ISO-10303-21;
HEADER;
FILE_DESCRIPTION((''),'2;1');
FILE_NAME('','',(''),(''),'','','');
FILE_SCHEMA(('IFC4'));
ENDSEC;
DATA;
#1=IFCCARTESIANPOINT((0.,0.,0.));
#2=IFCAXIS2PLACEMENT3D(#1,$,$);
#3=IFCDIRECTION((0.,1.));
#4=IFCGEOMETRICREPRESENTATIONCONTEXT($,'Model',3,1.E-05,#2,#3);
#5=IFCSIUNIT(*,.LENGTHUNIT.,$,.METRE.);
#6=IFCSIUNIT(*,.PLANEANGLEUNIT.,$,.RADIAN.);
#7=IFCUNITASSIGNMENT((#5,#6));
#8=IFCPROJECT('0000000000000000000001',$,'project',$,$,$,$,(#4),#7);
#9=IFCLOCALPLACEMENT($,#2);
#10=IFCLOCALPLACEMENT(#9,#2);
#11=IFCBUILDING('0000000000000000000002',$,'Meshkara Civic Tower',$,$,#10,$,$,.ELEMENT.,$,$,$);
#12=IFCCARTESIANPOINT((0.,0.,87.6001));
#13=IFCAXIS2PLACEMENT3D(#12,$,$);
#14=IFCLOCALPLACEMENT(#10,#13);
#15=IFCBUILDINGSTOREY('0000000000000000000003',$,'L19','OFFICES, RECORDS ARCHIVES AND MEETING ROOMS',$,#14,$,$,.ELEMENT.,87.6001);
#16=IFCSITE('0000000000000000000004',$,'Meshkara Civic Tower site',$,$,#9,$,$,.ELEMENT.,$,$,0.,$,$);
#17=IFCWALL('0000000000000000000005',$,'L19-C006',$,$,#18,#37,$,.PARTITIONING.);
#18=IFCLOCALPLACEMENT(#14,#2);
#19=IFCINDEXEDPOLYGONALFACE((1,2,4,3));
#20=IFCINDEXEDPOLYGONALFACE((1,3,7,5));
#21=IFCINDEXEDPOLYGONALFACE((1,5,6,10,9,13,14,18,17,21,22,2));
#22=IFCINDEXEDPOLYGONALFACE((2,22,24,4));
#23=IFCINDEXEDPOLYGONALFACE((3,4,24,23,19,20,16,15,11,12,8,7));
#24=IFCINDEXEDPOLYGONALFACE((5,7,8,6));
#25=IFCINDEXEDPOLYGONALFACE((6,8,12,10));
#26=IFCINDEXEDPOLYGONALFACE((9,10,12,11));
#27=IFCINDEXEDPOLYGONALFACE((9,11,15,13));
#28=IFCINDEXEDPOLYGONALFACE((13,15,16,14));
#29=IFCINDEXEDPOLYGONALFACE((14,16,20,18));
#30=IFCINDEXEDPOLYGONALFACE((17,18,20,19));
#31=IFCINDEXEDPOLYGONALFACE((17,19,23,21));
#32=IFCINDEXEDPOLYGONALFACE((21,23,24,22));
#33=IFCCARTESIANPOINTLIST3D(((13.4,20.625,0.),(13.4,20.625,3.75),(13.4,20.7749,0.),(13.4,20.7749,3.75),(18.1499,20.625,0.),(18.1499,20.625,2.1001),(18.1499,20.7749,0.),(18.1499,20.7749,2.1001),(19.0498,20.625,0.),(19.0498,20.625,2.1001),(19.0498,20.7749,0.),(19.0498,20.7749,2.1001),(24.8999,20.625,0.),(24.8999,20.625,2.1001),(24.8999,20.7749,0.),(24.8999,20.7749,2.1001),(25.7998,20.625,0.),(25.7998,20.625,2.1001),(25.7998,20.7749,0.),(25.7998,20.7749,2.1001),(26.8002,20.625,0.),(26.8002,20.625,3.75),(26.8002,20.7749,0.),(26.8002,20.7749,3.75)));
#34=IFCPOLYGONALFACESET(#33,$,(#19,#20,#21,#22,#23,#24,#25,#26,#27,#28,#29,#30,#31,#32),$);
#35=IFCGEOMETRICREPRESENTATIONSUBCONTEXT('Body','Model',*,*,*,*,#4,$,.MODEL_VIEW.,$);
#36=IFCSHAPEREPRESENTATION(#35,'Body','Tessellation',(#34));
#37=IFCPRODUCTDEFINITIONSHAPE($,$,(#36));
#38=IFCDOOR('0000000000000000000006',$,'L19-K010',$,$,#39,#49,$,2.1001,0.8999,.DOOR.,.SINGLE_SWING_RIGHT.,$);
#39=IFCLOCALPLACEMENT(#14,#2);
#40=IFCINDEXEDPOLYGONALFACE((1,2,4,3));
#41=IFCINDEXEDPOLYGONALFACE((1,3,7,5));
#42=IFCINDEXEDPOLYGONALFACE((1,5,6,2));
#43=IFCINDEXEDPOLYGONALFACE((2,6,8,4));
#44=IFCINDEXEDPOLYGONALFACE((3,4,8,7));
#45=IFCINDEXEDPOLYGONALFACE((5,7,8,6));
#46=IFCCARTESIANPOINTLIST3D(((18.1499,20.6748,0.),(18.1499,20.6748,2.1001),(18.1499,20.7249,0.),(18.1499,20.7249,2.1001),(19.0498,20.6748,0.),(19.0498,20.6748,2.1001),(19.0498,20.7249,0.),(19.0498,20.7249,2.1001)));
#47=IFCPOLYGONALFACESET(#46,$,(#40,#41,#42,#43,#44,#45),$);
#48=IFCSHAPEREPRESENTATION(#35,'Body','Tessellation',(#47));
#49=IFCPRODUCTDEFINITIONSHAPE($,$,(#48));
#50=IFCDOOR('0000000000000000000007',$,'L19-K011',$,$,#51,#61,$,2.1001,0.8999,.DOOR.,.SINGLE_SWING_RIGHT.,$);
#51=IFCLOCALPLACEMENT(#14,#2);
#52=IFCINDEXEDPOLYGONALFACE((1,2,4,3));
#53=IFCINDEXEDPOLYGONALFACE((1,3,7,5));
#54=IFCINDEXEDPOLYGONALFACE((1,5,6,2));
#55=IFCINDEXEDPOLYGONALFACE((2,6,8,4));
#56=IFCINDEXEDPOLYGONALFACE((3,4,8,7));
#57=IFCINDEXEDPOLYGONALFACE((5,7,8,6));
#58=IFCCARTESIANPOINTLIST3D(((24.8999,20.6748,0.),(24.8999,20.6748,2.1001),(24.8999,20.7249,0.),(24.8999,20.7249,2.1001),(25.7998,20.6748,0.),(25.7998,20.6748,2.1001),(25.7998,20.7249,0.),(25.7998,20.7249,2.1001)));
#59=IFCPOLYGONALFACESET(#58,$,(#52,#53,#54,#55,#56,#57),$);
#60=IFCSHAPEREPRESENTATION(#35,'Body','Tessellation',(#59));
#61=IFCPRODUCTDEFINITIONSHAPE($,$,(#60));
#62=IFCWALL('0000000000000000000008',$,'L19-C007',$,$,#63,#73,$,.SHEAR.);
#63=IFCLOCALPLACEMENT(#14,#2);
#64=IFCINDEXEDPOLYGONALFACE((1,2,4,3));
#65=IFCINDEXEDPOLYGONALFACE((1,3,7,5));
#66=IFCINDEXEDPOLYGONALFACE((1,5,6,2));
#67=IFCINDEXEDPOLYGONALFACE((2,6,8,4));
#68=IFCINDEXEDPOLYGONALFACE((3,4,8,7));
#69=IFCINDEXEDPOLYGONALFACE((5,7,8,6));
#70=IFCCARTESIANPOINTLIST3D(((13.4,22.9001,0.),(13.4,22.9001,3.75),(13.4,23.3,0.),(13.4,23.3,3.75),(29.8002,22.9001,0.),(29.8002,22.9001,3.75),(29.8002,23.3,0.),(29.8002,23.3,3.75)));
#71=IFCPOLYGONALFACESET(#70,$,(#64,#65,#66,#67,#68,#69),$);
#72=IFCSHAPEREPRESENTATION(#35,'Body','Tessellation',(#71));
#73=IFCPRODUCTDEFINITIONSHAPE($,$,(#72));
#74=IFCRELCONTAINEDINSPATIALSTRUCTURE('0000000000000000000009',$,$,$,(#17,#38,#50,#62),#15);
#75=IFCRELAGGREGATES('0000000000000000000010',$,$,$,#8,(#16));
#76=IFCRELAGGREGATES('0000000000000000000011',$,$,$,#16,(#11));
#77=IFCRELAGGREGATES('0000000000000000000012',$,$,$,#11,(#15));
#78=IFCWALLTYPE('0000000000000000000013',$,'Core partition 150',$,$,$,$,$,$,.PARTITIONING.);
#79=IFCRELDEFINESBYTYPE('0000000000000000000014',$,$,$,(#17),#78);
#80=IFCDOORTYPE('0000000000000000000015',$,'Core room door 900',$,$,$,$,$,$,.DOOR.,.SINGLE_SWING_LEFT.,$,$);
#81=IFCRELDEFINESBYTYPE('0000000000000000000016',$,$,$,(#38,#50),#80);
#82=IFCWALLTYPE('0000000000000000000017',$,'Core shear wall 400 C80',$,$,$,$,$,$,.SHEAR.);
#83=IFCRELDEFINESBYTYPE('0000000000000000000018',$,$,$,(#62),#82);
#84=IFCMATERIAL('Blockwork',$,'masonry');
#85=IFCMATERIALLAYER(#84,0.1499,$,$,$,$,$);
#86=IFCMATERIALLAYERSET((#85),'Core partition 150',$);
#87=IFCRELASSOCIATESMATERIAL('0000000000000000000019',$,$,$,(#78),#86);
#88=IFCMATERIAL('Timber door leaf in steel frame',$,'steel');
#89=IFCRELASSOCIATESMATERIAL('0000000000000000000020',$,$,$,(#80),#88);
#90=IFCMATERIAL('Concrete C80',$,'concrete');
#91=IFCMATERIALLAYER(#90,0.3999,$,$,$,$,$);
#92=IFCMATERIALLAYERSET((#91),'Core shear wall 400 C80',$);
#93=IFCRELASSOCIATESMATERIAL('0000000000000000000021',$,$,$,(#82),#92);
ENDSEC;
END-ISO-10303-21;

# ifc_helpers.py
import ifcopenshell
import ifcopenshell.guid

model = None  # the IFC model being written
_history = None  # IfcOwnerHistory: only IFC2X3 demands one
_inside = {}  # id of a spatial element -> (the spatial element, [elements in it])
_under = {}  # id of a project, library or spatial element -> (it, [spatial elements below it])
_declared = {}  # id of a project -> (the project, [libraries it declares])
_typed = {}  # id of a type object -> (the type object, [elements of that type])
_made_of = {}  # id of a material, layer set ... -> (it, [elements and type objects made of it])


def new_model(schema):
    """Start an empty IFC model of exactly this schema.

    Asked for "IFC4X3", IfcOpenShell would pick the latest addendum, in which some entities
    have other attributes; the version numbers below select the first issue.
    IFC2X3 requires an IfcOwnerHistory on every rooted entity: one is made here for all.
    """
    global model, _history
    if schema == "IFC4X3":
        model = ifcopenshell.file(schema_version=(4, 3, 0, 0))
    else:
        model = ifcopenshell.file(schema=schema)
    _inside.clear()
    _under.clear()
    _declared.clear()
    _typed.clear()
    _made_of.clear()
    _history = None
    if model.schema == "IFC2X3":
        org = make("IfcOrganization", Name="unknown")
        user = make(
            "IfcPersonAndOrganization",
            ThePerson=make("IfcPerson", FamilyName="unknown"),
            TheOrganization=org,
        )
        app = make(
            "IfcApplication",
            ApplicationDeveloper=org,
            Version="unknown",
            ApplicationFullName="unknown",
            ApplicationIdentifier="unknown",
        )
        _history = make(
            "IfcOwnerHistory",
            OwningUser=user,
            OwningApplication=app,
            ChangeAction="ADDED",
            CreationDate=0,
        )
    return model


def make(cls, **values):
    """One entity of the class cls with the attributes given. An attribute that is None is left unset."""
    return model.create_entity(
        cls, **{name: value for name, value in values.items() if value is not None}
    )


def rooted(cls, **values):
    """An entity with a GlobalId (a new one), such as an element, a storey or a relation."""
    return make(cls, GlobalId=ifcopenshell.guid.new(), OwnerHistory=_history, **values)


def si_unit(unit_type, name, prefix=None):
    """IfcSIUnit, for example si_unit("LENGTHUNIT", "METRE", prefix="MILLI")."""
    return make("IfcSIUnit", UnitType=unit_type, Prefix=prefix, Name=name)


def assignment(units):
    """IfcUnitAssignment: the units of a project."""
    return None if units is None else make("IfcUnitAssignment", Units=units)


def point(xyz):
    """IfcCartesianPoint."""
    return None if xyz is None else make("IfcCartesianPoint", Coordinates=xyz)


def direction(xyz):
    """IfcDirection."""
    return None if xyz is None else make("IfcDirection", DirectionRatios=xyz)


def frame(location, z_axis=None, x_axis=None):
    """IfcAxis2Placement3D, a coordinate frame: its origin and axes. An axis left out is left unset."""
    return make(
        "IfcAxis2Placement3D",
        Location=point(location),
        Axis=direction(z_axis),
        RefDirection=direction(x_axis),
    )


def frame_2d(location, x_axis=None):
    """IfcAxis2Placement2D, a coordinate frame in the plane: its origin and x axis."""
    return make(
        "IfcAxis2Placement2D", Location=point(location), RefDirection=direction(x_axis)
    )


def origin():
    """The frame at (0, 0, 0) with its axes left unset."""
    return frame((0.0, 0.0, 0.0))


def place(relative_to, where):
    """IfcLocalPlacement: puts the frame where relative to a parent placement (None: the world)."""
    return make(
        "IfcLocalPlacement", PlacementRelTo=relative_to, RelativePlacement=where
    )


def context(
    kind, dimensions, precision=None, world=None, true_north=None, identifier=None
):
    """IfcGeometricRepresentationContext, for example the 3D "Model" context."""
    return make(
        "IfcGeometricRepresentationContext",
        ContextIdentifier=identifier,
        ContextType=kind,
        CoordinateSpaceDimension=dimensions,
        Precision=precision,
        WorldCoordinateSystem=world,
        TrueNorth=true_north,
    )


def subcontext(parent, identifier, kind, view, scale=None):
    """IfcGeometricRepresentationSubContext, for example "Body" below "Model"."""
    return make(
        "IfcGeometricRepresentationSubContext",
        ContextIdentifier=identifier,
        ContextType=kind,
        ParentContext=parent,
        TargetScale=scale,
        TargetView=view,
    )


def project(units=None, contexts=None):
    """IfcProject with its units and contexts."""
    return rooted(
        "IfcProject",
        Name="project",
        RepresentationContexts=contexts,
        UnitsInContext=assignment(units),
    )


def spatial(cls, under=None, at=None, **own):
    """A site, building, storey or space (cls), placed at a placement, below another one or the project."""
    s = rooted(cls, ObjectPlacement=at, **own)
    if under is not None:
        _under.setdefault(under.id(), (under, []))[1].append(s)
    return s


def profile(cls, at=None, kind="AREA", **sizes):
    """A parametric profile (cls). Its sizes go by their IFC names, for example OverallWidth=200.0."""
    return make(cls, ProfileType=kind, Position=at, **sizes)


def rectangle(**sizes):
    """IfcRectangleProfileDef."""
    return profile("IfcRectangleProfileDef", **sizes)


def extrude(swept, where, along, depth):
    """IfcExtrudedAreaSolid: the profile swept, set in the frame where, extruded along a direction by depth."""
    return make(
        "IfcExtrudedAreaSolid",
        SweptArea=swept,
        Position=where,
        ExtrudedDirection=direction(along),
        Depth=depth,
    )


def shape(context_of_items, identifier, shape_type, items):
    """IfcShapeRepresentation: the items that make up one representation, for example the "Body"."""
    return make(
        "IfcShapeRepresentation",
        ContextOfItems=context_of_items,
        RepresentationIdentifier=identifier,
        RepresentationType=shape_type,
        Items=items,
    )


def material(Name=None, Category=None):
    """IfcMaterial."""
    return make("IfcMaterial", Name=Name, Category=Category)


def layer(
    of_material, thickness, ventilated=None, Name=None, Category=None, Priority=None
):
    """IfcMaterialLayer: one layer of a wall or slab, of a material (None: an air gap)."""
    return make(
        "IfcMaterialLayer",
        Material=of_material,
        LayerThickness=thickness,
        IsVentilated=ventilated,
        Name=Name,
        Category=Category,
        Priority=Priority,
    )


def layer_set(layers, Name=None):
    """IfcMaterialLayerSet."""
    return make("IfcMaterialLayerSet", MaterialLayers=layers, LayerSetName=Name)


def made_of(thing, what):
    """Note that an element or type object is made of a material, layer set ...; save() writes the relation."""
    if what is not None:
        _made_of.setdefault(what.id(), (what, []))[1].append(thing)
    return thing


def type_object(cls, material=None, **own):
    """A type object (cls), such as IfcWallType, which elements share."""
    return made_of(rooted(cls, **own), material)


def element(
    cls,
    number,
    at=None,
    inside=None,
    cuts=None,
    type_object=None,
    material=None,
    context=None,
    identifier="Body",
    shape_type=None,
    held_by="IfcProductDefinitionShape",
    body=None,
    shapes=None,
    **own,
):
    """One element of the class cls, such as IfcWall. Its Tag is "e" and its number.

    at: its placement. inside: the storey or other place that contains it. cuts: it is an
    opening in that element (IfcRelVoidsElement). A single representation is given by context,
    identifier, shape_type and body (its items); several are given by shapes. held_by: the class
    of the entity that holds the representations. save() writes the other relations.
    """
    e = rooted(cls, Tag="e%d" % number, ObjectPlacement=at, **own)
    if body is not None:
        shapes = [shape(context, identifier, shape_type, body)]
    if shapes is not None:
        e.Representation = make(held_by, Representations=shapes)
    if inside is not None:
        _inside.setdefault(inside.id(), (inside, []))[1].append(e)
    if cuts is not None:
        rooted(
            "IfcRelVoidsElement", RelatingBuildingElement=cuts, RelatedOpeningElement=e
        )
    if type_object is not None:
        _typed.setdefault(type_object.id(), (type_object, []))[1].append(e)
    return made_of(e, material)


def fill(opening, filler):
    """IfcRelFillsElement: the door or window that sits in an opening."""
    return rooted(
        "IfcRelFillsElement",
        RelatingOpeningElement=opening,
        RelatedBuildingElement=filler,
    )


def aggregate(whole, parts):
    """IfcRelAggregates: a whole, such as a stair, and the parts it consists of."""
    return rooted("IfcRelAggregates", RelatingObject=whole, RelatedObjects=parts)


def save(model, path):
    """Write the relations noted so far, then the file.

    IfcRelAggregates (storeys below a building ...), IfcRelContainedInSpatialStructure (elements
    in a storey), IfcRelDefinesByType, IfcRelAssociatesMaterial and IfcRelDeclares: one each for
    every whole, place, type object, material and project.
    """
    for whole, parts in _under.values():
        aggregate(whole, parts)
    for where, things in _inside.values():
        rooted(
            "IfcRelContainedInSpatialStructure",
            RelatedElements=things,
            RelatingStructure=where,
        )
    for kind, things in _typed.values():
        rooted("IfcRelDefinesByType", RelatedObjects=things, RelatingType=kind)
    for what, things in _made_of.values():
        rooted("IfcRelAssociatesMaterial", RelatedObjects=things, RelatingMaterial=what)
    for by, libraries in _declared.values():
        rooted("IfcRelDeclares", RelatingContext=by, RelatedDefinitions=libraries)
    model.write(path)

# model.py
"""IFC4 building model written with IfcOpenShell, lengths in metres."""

from ifc_helpers import new_model, si_unit, direction, frame, frame_2d, origin, place, context, subcontext, project, spatial, rectangle, extrude, material, layer, layer_set, type_object, element, fill, save


model = new_model("IFC4")

# Units and contexts
model_context = context("Model", 3, precision=1e-05, world=origin(), true_north=direction((0.0, 1.0)))
body_context = subcontext(model_context, "Body", "Model", "MODEL_VIEW")
ifc_project = project(units=[si_unit("LENGTHUNIT", "METRE"), si_unit("PLANEANGLEUNIT", "RADIAN")], contexts=[model_context])

# Site, building, storey
site_placement = place(None, origin())
site = spatial("IfcSite", under=ifc_project, at=site_placement, Name="Meshkara Civic Tower site", CompositionType="ELEMENT", RefElevation=0.0)
building_placement = place(site_placement, origin())
building = spatial("IfcBuilding", under=site, at=building_placement, Name="Meshkara Civic Tower", CompositionType="ELEMENT")
storey_placement = place(building_placement, frame((0.0, 0.0, 87.6001)))
storey = spatial("IfcBuildingStorey", under=building, at=storey_placement, Name="L19", Description="OFFICES, RECORDS ARCHIVES AND MEETING ROOMS", CompositionType="ELEMENT", Elevation=87.6001)

# Wall, openings, doors
ifc_material_1 = material(Name="Blockwork", Category="masonry")
ifc_layer_1 = layer(ifc_material_1, 0.1499)
ifc_layer_set_1 = layer_set([ifc_layer_1], Name="Core partition 150")
wall_type_1 = type_object("IfcWallType", Name="Core partition 150", PredefinedType="PARTITIONING", material=ifc_layer_set_1)
wall_1_placement = place(storey_placement, frame((13.3999, 20.7, 0.0), z_axis=(0.0, 0.0, 1.0), x_axis=(1.0, 0.0, 0.0)))
wall_1 = element("IfcWall", 1, at=wall_1_placement, inside=storey, type_object=wall_type_1, Name="L19-C006", PredefinedType="PARTITIONING", context=body_context, shape_type="SweptSolid", body=[
    extrude(rectangle(XDim=13.4001, YDim=0.1499, at=frame_2d((6.7002, 0.0))), origin(), (0.0, 0.0, 1.0), 3.75),
])
opening_1_placement = place(wall_1_placement, frame((4.75, 0.0, 0.0)))
opening_1 = element("IfcOpeningElement", 2, at=opening_1_placement, cuts=wall_1, PredefinedType="OPENING", context=body_context, shape_type="SweptSolid", body=[
    extrude(rectangle(XDim=0.8999, YDim=2.1001, at=frame_2d((0.45, 1.05))), frame((0.0, 0.085, 0.0), z_axis=(0.0, -1.0, 0.0), x_axis=(1.0, 0.0, 0.0)), (0.0, 0.0, 1.0), 0.1699),
])
opening_2_placement = place(wall_1_placement, frame((11.5, 0.0, 0.0)))
opening_2 = element("IfcOpeningElement", 3, at=opening_2_placement, cuts=wall_1, PredefinedType="OPENING", context=body_context, shape_type="SweptSolid", body=[
    extrude(rectangle(XDim=0.8999, YDim=2.1001, at=frame_2d((0.45, 1.05))), frame((0.0, 0.085, 0.0), z_axis=(0.0, -1.0, 0.0), x_axis=(1.0, 0.0, 0.0)), (0.0, 0.0, 1.0), 0.1699),
])
ifc_material_2 = material(Name="Timber door leaf in steel frame", Category="steel")
door_type_1 = type_object("IfcDoorType", Name="Core room door 900", OperationType="SINGLE_SWING_LEFT", PredefinedType="DOOR", material=ifc_material_2)
door_1_placement = place(opening_1_placement, origin())
door_1 = element("IfcDoor", 4, at=door_1_placement, inside=storey, type_object=door_type_1, Name="L19-K010", OperationType="SINGLE_SWING_RIGHT", OverallHeight=2.1001, OverallWidth=0.8999, PredefinedType="DOOR", context=body_context, shape_type="SweptSolid", body=[
    extrude(rectangle(XDim=0.8999, YDim=2.1001, at=frame_2d((0.45, 1.05))), frame((0.0, 0.0249, 0.0), z_axis=(0.0, -1.0, 0.0), x_axis=(1.0, 0.0, 0.0)), (0.0, 0.0, 1.0), 0.05),
])
fill(opening_1, door_1)
door_2_placement = place(opening_2_placement, origin())
door_2 = element("IfcDoor", 5, at=door_2_placement, inside=storey, type_object=door_type_1, Name="L19-K011", OperationType="SINGLE_SWING_RIGHT", OverallHeight=2.1001, OverallWidth=0.8999, PredefinedType="DOOR", context=body_context, shape_type="SweptSolid", body=[
    extrude(rectangle(XDim=0.8999, YDim=2.1001, at=frame_2d((0.45, 1.05))), frame((0.0, 0.0249, 0.0), z_axis=(0.0, -1.0, 0.0), x_axis=(1.0, 0.0, 0.0)), (0.0, 0.0, 1.0), 0.05),
])
fill(opening_2, door_2)

# Wall
ifc_material_3 = material(Name="Concrete C80", Category="concrete")
ifc_layer_2 = layer(ifc_material_3, 0.3999)
ifc_layer_set_2 = layer_set([ifc_layer_2], Name="Core shear wall 400 C80")
wall_type_2 = type_object("IfcWallType", Name="Core shear wall 400 C80", PredefinedType="SHEAR", material=ifc_layer_set_2)
wall_2_placement = place(storey_placement, frame((13.3999, 23.1001, 0.0), z_axis=(0.0, 0.0, 1.0), x_axis=(1.0, 0.0, 0.0)))
element("IfcWall", 6, at=wall_2_placement, inside=storey, type_object=wall_type_2, Name="L19-C007", PredefinedType="SHEAR", context=body_context, shape_type="SweptSolid", body=[
    extrude(rectangle(XDim=16.4001, YDim=0.3999, at=frame_2d((8.2002, 0.0))), origin(), (0.0, 0.0, 1.0), 3.75),
])

save(model, "model.ifc")
